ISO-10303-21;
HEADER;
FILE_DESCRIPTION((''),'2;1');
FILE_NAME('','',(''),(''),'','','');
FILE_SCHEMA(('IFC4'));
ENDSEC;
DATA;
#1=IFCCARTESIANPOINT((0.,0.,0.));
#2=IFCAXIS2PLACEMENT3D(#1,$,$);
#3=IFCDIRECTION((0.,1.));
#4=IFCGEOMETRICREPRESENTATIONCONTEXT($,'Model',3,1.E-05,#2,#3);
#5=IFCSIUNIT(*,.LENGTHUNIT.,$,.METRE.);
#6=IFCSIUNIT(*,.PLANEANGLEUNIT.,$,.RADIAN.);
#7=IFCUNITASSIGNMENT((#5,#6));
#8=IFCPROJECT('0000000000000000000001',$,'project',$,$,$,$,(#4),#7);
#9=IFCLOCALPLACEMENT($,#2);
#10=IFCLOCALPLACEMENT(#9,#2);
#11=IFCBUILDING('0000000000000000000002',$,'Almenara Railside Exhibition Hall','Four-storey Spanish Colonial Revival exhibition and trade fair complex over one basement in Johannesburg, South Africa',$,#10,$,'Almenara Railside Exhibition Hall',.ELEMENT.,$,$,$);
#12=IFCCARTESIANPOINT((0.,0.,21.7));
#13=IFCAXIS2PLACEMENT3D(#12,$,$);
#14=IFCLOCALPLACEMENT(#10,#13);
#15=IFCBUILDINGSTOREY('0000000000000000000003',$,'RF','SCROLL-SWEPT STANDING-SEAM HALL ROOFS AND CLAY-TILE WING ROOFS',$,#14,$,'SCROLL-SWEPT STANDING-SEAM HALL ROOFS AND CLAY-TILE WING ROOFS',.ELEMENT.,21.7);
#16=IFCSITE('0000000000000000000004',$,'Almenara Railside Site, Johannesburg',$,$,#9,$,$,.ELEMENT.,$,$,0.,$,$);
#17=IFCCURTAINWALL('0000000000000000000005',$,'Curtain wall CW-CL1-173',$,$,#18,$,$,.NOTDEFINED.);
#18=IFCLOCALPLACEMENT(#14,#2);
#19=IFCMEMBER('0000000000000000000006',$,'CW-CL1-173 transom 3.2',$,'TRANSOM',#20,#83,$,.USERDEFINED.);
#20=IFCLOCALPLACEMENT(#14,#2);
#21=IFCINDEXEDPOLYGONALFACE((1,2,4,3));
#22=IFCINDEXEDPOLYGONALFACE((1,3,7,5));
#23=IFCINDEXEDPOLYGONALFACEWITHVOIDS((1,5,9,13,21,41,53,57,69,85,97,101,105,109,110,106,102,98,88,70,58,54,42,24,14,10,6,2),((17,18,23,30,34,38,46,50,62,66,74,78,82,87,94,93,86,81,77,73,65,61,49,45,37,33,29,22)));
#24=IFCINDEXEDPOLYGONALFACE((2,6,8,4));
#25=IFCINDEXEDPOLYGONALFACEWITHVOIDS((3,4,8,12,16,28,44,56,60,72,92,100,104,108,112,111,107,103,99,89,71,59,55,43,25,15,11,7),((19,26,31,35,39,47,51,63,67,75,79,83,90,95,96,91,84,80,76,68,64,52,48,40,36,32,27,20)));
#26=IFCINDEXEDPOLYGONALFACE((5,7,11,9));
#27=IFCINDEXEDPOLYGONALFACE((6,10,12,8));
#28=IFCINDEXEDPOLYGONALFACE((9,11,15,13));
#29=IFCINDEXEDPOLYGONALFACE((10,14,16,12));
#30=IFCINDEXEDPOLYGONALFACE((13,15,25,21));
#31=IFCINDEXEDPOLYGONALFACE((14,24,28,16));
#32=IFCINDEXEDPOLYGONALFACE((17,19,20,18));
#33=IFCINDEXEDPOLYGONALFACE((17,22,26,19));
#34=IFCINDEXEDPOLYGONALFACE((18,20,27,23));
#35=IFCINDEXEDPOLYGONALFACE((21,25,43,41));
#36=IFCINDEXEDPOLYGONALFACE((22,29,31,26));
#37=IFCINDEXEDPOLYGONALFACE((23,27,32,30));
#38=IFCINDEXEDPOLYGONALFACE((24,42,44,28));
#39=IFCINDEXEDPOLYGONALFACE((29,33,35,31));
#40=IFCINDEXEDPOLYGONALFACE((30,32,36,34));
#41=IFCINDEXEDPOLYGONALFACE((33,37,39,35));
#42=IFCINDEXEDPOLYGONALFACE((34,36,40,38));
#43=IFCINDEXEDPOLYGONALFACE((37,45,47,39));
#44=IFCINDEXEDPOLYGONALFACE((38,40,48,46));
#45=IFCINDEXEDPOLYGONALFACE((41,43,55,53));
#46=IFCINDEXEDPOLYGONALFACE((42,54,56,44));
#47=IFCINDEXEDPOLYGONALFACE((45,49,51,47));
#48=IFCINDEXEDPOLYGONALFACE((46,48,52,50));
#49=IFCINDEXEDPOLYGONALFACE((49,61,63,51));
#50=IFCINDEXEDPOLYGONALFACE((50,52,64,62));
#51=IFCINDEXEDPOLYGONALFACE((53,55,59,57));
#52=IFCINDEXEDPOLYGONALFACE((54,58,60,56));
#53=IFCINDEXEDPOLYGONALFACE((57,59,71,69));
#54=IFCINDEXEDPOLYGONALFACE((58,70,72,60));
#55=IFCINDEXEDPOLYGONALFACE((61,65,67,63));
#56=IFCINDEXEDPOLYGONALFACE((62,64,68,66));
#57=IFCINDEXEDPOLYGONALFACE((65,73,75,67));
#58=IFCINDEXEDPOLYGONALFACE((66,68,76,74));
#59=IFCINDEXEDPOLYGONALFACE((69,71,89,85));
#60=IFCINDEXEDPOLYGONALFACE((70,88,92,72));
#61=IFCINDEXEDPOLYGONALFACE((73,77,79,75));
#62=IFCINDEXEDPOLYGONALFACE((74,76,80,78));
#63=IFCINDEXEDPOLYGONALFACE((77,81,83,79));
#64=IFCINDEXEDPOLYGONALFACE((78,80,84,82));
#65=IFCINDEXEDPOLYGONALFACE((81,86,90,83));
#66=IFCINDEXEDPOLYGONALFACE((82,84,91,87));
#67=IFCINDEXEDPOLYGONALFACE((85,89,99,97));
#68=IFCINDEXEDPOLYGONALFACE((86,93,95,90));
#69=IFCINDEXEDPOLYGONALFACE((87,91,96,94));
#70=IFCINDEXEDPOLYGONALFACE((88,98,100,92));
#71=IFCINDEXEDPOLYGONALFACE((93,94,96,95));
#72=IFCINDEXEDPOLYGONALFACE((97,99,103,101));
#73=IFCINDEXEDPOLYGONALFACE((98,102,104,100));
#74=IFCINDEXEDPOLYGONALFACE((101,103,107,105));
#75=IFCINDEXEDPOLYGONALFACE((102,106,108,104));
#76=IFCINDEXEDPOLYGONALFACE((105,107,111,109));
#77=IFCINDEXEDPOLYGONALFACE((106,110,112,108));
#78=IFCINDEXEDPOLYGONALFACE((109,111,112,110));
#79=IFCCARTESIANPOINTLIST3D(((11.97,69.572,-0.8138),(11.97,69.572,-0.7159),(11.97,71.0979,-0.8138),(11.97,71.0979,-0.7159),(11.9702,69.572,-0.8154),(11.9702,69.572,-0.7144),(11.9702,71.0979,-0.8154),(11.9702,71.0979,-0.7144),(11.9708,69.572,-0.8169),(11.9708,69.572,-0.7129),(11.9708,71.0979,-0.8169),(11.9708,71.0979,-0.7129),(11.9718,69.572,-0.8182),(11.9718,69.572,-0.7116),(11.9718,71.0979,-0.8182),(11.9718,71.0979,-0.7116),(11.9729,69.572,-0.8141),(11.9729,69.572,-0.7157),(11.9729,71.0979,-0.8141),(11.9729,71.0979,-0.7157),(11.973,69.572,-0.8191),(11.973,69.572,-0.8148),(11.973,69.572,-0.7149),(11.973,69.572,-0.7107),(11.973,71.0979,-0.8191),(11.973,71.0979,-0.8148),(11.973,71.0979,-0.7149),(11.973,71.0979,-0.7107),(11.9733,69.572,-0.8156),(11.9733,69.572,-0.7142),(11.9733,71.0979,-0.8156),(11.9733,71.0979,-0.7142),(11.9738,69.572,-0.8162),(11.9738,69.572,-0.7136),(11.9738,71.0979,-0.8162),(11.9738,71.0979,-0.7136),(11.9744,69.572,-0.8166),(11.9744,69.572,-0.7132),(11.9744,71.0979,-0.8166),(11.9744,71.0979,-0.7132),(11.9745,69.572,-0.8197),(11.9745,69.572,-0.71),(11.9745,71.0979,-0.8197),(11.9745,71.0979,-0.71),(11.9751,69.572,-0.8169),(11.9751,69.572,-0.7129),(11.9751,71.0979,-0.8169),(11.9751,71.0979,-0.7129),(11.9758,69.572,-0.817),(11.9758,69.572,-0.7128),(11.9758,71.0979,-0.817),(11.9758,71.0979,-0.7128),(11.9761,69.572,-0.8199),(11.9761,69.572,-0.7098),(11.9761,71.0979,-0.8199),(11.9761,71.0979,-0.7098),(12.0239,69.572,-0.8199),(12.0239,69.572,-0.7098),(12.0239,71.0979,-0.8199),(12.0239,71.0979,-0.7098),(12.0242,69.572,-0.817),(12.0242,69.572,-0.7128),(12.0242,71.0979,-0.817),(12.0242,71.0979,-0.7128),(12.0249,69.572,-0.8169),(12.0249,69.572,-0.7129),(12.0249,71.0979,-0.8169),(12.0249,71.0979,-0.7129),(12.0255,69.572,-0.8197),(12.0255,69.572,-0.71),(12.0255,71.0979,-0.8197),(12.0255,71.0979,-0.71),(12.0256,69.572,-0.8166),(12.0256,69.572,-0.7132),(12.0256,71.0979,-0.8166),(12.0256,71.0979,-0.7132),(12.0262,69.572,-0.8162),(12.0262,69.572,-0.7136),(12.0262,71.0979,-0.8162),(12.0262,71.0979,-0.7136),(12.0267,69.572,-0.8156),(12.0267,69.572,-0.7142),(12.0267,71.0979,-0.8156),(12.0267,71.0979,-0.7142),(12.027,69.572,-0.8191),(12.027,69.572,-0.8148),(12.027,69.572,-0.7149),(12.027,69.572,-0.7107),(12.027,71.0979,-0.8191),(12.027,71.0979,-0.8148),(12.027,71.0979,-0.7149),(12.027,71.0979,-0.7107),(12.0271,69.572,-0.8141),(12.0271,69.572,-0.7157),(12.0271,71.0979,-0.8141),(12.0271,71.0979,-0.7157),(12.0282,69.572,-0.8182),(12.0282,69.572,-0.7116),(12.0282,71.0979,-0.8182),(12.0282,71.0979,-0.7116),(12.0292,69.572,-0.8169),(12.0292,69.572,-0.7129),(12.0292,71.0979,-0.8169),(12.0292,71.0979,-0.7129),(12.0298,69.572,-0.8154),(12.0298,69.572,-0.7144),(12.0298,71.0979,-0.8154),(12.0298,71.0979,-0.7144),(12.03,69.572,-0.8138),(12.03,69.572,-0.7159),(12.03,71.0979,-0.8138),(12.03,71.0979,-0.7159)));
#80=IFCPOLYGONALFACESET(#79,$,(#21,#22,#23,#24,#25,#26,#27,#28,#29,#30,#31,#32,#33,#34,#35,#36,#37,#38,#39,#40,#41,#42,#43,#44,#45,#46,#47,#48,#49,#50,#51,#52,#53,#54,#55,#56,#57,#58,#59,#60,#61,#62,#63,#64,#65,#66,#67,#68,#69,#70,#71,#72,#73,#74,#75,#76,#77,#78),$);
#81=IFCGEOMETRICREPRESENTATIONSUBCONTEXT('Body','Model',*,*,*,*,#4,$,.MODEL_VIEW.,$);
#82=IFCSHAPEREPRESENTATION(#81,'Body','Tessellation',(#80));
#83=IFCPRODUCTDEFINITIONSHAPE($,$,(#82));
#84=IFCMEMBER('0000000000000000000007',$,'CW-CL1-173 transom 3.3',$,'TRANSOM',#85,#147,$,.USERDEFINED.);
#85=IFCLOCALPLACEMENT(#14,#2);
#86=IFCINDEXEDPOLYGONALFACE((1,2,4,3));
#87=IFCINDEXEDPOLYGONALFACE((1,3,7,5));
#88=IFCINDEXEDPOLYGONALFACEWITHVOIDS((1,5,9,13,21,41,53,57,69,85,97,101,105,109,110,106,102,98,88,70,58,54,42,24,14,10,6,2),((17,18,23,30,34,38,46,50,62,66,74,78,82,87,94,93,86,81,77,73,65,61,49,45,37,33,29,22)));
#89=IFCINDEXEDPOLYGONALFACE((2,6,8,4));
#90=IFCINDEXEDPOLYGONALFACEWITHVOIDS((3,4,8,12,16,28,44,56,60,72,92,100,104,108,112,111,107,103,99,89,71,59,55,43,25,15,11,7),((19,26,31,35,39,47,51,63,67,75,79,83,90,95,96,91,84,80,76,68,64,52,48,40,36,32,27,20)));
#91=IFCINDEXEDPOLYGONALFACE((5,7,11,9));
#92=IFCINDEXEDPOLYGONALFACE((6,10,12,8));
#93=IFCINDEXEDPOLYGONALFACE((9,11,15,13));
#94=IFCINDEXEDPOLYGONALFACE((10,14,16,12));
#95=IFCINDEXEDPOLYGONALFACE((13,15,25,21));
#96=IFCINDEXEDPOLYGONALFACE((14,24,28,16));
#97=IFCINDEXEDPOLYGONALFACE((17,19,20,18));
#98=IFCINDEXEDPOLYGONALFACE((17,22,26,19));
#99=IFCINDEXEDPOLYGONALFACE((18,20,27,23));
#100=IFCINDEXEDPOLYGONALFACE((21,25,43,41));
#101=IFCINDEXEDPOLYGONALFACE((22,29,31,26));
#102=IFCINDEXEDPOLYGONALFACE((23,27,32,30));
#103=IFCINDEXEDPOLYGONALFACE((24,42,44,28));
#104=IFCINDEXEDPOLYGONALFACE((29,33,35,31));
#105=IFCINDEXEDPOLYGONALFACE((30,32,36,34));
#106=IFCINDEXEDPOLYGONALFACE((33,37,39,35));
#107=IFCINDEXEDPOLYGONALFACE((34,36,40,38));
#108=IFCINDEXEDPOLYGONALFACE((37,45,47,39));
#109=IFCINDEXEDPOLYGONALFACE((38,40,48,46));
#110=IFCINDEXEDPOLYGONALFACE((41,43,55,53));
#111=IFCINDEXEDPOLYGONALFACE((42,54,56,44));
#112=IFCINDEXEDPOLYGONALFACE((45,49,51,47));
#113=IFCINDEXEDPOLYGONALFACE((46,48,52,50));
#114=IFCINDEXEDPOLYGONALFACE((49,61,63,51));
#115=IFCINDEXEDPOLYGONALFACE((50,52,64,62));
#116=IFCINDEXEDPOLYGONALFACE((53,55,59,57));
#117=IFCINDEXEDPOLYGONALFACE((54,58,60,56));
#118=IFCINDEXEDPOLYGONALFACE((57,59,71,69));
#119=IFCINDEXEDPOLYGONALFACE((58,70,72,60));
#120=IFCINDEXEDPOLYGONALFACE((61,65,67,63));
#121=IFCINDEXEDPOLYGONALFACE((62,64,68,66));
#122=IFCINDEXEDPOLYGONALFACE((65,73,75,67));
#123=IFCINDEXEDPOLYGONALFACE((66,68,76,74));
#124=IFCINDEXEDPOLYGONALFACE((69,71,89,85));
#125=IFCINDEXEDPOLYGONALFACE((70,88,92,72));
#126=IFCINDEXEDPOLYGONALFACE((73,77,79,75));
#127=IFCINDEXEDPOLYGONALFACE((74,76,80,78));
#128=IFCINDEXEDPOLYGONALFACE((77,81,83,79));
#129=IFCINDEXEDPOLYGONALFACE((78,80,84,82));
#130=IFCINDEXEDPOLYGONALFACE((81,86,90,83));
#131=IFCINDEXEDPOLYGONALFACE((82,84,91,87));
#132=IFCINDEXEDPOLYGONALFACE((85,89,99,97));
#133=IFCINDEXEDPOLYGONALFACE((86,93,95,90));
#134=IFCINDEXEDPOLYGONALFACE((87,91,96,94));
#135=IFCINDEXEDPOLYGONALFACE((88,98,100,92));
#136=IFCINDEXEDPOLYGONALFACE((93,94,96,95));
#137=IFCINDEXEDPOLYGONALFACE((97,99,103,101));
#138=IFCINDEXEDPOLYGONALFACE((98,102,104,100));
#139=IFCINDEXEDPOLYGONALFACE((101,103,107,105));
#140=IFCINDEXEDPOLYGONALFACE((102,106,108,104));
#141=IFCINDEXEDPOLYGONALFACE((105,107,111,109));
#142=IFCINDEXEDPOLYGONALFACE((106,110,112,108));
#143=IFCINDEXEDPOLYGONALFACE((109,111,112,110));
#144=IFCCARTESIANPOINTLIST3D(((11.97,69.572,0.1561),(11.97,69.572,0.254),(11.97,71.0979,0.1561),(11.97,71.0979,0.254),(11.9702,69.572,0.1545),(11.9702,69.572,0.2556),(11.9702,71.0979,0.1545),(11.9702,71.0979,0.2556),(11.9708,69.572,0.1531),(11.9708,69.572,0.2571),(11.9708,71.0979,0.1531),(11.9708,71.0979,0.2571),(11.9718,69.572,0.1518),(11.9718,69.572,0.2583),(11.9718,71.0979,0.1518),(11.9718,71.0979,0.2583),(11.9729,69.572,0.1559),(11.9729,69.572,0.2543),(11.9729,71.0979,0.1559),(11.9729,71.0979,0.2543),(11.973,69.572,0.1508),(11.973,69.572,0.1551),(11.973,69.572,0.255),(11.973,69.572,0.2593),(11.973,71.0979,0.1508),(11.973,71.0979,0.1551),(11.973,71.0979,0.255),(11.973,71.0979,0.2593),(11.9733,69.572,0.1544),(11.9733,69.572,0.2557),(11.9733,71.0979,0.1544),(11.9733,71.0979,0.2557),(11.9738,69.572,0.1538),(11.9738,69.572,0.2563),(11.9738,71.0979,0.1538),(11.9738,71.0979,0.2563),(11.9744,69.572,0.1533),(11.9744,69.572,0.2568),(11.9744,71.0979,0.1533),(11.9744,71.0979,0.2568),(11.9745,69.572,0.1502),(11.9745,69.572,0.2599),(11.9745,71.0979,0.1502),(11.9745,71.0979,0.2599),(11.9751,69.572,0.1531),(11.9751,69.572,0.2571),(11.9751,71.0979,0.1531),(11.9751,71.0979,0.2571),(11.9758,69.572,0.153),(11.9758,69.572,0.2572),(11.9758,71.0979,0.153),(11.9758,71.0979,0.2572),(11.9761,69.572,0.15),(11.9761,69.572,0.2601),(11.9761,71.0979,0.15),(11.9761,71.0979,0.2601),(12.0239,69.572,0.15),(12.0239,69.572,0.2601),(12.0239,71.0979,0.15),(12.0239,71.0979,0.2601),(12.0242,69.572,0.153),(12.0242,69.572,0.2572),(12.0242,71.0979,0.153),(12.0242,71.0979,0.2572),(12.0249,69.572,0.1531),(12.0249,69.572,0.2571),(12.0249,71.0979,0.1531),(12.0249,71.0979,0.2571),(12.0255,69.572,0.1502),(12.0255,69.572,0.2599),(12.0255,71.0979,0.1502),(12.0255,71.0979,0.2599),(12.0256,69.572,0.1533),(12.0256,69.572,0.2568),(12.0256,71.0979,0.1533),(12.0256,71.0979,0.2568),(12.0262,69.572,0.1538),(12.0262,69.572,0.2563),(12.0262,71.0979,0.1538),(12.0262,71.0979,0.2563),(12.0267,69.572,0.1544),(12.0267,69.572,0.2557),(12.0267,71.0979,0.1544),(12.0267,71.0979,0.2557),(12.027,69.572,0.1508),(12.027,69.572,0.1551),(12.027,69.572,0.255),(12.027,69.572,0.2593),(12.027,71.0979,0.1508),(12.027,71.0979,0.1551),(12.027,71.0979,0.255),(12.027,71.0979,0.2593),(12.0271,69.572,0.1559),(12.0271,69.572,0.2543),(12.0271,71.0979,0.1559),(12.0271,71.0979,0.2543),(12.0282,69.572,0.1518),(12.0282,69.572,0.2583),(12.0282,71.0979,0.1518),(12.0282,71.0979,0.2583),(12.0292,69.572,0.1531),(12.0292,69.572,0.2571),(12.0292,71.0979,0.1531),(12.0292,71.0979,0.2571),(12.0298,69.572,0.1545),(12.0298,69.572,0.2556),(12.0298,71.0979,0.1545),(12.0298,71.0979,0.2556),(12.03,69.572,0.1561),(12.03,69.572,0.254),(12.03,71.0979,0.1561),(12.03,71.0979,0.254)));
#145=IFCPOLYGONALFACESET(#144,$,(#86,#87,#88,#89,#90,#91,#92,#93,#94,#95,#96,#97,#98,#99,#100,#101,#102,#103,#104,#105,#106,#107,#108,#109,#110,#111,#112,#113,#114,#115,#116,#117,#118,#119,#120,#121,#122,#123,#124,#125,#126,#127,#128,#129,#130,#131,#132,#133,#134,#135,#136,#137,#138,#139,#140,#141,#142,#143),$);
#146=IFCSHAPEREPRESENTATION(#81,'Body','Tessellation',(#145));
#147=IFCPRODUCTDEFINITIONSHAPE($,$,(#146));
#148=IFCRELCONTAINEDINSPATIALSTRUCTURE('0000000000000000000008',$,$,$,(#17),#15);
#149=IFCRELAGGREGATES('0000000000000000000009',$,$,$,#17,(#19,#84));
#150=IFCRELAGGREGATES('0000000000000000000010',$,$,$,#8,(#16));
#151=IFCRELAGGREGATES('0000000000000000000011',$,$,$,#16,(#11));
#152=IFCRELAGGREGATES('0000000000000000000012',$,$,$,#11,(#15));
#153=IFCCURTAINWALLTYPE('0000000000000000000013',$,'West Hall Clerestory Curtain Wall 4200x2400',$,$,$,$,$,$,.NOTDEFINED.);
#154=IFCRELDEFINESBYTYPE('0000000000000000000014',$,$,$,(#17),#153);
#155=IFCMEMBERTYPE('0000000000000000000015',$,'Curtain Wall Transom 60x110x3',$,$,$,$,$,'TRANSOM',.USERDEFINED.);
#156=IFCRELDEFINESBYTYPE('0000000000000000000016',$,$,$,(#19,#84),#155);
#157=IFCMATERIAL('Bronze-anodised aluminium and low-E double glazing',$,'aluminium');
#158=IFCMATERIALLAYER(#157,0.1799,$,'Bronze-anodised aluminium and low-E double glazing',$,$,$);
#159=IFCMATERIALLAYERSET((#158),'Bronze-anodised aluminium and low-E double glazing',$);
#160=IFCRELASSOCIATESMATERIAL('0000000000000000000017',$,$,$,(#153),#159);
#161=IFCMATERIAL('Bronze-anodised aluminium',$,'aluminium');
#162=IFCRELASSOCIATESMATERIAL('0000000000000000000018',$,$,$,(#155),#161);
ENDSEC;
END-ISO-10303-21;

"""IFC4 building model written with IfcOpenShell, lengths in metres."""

from ifc_helpers import new_model, si_unit, direction, frame, origin, origin_2d, place, context, subcontext, project, spatial, hollow_rectangle, extrude, material, layer, layer_set, material_profile, profile_set, type_object, element, aggregate, save


model = new_model("IFC4")

# Units and contexts
model_context = context("Model", 3, precision=1e-05, world=origin(), true_north=direction((0.0, 1.0)))
body_context = subcontext(model_context, "Body", "Model", "MODEL_VIEW")
ifc_project = project(units=[si_unit("LENGTHUNIT", "METRE"), si_unit("PLANEANGLEUNIT", "RADIAN")], contexts=[model_context])

# Site, building, storey
site_placement = place(None, origin())
site = spatial("IfcSite", under=ifc_project, at=site_placement, Name="Almenara Railside Site, Johannesburg", CompositionType="ELEMENT", RefElevation=0.0)
building_placement = place(site_placement, origin())
building = spatial("IfcBuilding", under=site, at=building_placement, Name="Almenara Railside Exhibition Hall", Description="Four-storey Spanish Colonial Revival exhibition and trade fair complex over one basement in Johannesburg, South Africa", LongName="Almenara Railside Exhibition Hall", CompositionType="ELEMENT")
storey_placement = place(building_placement, frame((0.0, 0.0, 21.7)))
storey = spatial("IfcBuildingStorey", under=building, at=storey_placement, Name="RF", Description="SCROLL-SWEPT STANDING-SEAM HALL ROOFS AND CLAY-TILE WING ROOFS", LongName="SCROLL-SWEPT STANDING-SEAM HALL ROOFS AND CLAY-TILE WING ROOFS", CompositionType="ELEMENT", Elevation=21.7)

# Curtain wall
ifc_material_1 = material(Name="Bronze-anodised aluminium and low-E double glazing", Category="aluminium")
ifc_layer_1 = layer(ifc_material_1, 0.1799, Name="Bronze-anodised aluminium and low-E double glazing")
ifc_layer_set_1 = layer_set([ifc_layer_1], Name="Bronze-anodised aluminium and low-E double glazing")
curtain_wall_type = type_object("IfcCurtainWallType", Name="West Hall Clerestory Curtain Wall 4200x2400", PredefinedType="NOTDEFINED", material=ifc_layer_set_1)
curtain_wall_1_placement = place(storey_placement, origin())
curtain_wall_1 = element("IfcCurtainWall", 1, at=curtain_wall_1_placement, inside=storey, type_object=curtain_wall_type, Name="Curtain wall CW-CL1-173", PredefinedType="NOTDEFINED")
ifc_material_2 = material(Name="Bronze-anodised aluminium", Category="aluminium")

# Members
ifc_material_profile_1 = material_profile(ifc_material_2, hollow_rectangle(XDim=0.0601, YDim=0.1101, WallThickness=0.0029, InnerFilletRadius=0.0029, OuterFilletRadius=0.0061, at=origin_2d()), Name="ALU-TRN 60x110x3")
ifc_profile_set_1 = profile_set([ifc_material_profile_1], Name="Bronze-anodised aluminium")
member_type_1 = type_object("IfcMemberType", Name="Curtain Wall Transom 60x110x3", ElementType="TRANSOM", PredefinedType="USERDEFINED", material=ifc_profile_set_1)
member_1_placement = place(storey_placement, frame((12.0, 69.572, -0.7649), z_axis=(0.0, 1.0, 0.0), x_axis=(-1.0, 0.0, 0.0)))
member_1 = element("IfcMember", 2, at=member_1_placement, type_object=member_type_1, Name="CW-CL1-173 transom 3.2", ObjectType="TRANSOM", PredefinedType="USERDEFINED", context=body_context, shape_type="SweptSolid", body=[
    extrude(hollow_rectangle(XDim=0.0601, YDim=0.1101, WallThickness=0.0029, InnerFilletRadius=0.0029, OuterFilletRadius=0.0061, at=origin_2d()), origin(), (0.0, 0.0, 1.0), 1.5259),
])
member_2_placement = place(storey_placement, frame((12.0, 69.572, 0.2051), z_axis=(0.0, 1.0, 0.0), x_axis=(-1.0, 0.0, 0.0)))
member_2 = element("IfcMember", 3, at=member_2_placement, type_object=member_type_1, Name="CW-CL1-173 transom 3.3", ObjectType="TRANSOM", PredefinedType="USERDEFINED", context=body_context, shape_type="SweptSolid", body=[
    extrude(hollow_rectangle(XDim=0.0601, YDim=0.1101, WallThickness=0.0029, InnerFilletRadius=0.0029, OuterFilletRadius=0.0061, at=origin_2d()), origin(), (0.0, 0.0, 1.0), 1.5259),
])

aggregate(curtain_wall_1, [member_1, member_2])

save(model, "model.ifc")
